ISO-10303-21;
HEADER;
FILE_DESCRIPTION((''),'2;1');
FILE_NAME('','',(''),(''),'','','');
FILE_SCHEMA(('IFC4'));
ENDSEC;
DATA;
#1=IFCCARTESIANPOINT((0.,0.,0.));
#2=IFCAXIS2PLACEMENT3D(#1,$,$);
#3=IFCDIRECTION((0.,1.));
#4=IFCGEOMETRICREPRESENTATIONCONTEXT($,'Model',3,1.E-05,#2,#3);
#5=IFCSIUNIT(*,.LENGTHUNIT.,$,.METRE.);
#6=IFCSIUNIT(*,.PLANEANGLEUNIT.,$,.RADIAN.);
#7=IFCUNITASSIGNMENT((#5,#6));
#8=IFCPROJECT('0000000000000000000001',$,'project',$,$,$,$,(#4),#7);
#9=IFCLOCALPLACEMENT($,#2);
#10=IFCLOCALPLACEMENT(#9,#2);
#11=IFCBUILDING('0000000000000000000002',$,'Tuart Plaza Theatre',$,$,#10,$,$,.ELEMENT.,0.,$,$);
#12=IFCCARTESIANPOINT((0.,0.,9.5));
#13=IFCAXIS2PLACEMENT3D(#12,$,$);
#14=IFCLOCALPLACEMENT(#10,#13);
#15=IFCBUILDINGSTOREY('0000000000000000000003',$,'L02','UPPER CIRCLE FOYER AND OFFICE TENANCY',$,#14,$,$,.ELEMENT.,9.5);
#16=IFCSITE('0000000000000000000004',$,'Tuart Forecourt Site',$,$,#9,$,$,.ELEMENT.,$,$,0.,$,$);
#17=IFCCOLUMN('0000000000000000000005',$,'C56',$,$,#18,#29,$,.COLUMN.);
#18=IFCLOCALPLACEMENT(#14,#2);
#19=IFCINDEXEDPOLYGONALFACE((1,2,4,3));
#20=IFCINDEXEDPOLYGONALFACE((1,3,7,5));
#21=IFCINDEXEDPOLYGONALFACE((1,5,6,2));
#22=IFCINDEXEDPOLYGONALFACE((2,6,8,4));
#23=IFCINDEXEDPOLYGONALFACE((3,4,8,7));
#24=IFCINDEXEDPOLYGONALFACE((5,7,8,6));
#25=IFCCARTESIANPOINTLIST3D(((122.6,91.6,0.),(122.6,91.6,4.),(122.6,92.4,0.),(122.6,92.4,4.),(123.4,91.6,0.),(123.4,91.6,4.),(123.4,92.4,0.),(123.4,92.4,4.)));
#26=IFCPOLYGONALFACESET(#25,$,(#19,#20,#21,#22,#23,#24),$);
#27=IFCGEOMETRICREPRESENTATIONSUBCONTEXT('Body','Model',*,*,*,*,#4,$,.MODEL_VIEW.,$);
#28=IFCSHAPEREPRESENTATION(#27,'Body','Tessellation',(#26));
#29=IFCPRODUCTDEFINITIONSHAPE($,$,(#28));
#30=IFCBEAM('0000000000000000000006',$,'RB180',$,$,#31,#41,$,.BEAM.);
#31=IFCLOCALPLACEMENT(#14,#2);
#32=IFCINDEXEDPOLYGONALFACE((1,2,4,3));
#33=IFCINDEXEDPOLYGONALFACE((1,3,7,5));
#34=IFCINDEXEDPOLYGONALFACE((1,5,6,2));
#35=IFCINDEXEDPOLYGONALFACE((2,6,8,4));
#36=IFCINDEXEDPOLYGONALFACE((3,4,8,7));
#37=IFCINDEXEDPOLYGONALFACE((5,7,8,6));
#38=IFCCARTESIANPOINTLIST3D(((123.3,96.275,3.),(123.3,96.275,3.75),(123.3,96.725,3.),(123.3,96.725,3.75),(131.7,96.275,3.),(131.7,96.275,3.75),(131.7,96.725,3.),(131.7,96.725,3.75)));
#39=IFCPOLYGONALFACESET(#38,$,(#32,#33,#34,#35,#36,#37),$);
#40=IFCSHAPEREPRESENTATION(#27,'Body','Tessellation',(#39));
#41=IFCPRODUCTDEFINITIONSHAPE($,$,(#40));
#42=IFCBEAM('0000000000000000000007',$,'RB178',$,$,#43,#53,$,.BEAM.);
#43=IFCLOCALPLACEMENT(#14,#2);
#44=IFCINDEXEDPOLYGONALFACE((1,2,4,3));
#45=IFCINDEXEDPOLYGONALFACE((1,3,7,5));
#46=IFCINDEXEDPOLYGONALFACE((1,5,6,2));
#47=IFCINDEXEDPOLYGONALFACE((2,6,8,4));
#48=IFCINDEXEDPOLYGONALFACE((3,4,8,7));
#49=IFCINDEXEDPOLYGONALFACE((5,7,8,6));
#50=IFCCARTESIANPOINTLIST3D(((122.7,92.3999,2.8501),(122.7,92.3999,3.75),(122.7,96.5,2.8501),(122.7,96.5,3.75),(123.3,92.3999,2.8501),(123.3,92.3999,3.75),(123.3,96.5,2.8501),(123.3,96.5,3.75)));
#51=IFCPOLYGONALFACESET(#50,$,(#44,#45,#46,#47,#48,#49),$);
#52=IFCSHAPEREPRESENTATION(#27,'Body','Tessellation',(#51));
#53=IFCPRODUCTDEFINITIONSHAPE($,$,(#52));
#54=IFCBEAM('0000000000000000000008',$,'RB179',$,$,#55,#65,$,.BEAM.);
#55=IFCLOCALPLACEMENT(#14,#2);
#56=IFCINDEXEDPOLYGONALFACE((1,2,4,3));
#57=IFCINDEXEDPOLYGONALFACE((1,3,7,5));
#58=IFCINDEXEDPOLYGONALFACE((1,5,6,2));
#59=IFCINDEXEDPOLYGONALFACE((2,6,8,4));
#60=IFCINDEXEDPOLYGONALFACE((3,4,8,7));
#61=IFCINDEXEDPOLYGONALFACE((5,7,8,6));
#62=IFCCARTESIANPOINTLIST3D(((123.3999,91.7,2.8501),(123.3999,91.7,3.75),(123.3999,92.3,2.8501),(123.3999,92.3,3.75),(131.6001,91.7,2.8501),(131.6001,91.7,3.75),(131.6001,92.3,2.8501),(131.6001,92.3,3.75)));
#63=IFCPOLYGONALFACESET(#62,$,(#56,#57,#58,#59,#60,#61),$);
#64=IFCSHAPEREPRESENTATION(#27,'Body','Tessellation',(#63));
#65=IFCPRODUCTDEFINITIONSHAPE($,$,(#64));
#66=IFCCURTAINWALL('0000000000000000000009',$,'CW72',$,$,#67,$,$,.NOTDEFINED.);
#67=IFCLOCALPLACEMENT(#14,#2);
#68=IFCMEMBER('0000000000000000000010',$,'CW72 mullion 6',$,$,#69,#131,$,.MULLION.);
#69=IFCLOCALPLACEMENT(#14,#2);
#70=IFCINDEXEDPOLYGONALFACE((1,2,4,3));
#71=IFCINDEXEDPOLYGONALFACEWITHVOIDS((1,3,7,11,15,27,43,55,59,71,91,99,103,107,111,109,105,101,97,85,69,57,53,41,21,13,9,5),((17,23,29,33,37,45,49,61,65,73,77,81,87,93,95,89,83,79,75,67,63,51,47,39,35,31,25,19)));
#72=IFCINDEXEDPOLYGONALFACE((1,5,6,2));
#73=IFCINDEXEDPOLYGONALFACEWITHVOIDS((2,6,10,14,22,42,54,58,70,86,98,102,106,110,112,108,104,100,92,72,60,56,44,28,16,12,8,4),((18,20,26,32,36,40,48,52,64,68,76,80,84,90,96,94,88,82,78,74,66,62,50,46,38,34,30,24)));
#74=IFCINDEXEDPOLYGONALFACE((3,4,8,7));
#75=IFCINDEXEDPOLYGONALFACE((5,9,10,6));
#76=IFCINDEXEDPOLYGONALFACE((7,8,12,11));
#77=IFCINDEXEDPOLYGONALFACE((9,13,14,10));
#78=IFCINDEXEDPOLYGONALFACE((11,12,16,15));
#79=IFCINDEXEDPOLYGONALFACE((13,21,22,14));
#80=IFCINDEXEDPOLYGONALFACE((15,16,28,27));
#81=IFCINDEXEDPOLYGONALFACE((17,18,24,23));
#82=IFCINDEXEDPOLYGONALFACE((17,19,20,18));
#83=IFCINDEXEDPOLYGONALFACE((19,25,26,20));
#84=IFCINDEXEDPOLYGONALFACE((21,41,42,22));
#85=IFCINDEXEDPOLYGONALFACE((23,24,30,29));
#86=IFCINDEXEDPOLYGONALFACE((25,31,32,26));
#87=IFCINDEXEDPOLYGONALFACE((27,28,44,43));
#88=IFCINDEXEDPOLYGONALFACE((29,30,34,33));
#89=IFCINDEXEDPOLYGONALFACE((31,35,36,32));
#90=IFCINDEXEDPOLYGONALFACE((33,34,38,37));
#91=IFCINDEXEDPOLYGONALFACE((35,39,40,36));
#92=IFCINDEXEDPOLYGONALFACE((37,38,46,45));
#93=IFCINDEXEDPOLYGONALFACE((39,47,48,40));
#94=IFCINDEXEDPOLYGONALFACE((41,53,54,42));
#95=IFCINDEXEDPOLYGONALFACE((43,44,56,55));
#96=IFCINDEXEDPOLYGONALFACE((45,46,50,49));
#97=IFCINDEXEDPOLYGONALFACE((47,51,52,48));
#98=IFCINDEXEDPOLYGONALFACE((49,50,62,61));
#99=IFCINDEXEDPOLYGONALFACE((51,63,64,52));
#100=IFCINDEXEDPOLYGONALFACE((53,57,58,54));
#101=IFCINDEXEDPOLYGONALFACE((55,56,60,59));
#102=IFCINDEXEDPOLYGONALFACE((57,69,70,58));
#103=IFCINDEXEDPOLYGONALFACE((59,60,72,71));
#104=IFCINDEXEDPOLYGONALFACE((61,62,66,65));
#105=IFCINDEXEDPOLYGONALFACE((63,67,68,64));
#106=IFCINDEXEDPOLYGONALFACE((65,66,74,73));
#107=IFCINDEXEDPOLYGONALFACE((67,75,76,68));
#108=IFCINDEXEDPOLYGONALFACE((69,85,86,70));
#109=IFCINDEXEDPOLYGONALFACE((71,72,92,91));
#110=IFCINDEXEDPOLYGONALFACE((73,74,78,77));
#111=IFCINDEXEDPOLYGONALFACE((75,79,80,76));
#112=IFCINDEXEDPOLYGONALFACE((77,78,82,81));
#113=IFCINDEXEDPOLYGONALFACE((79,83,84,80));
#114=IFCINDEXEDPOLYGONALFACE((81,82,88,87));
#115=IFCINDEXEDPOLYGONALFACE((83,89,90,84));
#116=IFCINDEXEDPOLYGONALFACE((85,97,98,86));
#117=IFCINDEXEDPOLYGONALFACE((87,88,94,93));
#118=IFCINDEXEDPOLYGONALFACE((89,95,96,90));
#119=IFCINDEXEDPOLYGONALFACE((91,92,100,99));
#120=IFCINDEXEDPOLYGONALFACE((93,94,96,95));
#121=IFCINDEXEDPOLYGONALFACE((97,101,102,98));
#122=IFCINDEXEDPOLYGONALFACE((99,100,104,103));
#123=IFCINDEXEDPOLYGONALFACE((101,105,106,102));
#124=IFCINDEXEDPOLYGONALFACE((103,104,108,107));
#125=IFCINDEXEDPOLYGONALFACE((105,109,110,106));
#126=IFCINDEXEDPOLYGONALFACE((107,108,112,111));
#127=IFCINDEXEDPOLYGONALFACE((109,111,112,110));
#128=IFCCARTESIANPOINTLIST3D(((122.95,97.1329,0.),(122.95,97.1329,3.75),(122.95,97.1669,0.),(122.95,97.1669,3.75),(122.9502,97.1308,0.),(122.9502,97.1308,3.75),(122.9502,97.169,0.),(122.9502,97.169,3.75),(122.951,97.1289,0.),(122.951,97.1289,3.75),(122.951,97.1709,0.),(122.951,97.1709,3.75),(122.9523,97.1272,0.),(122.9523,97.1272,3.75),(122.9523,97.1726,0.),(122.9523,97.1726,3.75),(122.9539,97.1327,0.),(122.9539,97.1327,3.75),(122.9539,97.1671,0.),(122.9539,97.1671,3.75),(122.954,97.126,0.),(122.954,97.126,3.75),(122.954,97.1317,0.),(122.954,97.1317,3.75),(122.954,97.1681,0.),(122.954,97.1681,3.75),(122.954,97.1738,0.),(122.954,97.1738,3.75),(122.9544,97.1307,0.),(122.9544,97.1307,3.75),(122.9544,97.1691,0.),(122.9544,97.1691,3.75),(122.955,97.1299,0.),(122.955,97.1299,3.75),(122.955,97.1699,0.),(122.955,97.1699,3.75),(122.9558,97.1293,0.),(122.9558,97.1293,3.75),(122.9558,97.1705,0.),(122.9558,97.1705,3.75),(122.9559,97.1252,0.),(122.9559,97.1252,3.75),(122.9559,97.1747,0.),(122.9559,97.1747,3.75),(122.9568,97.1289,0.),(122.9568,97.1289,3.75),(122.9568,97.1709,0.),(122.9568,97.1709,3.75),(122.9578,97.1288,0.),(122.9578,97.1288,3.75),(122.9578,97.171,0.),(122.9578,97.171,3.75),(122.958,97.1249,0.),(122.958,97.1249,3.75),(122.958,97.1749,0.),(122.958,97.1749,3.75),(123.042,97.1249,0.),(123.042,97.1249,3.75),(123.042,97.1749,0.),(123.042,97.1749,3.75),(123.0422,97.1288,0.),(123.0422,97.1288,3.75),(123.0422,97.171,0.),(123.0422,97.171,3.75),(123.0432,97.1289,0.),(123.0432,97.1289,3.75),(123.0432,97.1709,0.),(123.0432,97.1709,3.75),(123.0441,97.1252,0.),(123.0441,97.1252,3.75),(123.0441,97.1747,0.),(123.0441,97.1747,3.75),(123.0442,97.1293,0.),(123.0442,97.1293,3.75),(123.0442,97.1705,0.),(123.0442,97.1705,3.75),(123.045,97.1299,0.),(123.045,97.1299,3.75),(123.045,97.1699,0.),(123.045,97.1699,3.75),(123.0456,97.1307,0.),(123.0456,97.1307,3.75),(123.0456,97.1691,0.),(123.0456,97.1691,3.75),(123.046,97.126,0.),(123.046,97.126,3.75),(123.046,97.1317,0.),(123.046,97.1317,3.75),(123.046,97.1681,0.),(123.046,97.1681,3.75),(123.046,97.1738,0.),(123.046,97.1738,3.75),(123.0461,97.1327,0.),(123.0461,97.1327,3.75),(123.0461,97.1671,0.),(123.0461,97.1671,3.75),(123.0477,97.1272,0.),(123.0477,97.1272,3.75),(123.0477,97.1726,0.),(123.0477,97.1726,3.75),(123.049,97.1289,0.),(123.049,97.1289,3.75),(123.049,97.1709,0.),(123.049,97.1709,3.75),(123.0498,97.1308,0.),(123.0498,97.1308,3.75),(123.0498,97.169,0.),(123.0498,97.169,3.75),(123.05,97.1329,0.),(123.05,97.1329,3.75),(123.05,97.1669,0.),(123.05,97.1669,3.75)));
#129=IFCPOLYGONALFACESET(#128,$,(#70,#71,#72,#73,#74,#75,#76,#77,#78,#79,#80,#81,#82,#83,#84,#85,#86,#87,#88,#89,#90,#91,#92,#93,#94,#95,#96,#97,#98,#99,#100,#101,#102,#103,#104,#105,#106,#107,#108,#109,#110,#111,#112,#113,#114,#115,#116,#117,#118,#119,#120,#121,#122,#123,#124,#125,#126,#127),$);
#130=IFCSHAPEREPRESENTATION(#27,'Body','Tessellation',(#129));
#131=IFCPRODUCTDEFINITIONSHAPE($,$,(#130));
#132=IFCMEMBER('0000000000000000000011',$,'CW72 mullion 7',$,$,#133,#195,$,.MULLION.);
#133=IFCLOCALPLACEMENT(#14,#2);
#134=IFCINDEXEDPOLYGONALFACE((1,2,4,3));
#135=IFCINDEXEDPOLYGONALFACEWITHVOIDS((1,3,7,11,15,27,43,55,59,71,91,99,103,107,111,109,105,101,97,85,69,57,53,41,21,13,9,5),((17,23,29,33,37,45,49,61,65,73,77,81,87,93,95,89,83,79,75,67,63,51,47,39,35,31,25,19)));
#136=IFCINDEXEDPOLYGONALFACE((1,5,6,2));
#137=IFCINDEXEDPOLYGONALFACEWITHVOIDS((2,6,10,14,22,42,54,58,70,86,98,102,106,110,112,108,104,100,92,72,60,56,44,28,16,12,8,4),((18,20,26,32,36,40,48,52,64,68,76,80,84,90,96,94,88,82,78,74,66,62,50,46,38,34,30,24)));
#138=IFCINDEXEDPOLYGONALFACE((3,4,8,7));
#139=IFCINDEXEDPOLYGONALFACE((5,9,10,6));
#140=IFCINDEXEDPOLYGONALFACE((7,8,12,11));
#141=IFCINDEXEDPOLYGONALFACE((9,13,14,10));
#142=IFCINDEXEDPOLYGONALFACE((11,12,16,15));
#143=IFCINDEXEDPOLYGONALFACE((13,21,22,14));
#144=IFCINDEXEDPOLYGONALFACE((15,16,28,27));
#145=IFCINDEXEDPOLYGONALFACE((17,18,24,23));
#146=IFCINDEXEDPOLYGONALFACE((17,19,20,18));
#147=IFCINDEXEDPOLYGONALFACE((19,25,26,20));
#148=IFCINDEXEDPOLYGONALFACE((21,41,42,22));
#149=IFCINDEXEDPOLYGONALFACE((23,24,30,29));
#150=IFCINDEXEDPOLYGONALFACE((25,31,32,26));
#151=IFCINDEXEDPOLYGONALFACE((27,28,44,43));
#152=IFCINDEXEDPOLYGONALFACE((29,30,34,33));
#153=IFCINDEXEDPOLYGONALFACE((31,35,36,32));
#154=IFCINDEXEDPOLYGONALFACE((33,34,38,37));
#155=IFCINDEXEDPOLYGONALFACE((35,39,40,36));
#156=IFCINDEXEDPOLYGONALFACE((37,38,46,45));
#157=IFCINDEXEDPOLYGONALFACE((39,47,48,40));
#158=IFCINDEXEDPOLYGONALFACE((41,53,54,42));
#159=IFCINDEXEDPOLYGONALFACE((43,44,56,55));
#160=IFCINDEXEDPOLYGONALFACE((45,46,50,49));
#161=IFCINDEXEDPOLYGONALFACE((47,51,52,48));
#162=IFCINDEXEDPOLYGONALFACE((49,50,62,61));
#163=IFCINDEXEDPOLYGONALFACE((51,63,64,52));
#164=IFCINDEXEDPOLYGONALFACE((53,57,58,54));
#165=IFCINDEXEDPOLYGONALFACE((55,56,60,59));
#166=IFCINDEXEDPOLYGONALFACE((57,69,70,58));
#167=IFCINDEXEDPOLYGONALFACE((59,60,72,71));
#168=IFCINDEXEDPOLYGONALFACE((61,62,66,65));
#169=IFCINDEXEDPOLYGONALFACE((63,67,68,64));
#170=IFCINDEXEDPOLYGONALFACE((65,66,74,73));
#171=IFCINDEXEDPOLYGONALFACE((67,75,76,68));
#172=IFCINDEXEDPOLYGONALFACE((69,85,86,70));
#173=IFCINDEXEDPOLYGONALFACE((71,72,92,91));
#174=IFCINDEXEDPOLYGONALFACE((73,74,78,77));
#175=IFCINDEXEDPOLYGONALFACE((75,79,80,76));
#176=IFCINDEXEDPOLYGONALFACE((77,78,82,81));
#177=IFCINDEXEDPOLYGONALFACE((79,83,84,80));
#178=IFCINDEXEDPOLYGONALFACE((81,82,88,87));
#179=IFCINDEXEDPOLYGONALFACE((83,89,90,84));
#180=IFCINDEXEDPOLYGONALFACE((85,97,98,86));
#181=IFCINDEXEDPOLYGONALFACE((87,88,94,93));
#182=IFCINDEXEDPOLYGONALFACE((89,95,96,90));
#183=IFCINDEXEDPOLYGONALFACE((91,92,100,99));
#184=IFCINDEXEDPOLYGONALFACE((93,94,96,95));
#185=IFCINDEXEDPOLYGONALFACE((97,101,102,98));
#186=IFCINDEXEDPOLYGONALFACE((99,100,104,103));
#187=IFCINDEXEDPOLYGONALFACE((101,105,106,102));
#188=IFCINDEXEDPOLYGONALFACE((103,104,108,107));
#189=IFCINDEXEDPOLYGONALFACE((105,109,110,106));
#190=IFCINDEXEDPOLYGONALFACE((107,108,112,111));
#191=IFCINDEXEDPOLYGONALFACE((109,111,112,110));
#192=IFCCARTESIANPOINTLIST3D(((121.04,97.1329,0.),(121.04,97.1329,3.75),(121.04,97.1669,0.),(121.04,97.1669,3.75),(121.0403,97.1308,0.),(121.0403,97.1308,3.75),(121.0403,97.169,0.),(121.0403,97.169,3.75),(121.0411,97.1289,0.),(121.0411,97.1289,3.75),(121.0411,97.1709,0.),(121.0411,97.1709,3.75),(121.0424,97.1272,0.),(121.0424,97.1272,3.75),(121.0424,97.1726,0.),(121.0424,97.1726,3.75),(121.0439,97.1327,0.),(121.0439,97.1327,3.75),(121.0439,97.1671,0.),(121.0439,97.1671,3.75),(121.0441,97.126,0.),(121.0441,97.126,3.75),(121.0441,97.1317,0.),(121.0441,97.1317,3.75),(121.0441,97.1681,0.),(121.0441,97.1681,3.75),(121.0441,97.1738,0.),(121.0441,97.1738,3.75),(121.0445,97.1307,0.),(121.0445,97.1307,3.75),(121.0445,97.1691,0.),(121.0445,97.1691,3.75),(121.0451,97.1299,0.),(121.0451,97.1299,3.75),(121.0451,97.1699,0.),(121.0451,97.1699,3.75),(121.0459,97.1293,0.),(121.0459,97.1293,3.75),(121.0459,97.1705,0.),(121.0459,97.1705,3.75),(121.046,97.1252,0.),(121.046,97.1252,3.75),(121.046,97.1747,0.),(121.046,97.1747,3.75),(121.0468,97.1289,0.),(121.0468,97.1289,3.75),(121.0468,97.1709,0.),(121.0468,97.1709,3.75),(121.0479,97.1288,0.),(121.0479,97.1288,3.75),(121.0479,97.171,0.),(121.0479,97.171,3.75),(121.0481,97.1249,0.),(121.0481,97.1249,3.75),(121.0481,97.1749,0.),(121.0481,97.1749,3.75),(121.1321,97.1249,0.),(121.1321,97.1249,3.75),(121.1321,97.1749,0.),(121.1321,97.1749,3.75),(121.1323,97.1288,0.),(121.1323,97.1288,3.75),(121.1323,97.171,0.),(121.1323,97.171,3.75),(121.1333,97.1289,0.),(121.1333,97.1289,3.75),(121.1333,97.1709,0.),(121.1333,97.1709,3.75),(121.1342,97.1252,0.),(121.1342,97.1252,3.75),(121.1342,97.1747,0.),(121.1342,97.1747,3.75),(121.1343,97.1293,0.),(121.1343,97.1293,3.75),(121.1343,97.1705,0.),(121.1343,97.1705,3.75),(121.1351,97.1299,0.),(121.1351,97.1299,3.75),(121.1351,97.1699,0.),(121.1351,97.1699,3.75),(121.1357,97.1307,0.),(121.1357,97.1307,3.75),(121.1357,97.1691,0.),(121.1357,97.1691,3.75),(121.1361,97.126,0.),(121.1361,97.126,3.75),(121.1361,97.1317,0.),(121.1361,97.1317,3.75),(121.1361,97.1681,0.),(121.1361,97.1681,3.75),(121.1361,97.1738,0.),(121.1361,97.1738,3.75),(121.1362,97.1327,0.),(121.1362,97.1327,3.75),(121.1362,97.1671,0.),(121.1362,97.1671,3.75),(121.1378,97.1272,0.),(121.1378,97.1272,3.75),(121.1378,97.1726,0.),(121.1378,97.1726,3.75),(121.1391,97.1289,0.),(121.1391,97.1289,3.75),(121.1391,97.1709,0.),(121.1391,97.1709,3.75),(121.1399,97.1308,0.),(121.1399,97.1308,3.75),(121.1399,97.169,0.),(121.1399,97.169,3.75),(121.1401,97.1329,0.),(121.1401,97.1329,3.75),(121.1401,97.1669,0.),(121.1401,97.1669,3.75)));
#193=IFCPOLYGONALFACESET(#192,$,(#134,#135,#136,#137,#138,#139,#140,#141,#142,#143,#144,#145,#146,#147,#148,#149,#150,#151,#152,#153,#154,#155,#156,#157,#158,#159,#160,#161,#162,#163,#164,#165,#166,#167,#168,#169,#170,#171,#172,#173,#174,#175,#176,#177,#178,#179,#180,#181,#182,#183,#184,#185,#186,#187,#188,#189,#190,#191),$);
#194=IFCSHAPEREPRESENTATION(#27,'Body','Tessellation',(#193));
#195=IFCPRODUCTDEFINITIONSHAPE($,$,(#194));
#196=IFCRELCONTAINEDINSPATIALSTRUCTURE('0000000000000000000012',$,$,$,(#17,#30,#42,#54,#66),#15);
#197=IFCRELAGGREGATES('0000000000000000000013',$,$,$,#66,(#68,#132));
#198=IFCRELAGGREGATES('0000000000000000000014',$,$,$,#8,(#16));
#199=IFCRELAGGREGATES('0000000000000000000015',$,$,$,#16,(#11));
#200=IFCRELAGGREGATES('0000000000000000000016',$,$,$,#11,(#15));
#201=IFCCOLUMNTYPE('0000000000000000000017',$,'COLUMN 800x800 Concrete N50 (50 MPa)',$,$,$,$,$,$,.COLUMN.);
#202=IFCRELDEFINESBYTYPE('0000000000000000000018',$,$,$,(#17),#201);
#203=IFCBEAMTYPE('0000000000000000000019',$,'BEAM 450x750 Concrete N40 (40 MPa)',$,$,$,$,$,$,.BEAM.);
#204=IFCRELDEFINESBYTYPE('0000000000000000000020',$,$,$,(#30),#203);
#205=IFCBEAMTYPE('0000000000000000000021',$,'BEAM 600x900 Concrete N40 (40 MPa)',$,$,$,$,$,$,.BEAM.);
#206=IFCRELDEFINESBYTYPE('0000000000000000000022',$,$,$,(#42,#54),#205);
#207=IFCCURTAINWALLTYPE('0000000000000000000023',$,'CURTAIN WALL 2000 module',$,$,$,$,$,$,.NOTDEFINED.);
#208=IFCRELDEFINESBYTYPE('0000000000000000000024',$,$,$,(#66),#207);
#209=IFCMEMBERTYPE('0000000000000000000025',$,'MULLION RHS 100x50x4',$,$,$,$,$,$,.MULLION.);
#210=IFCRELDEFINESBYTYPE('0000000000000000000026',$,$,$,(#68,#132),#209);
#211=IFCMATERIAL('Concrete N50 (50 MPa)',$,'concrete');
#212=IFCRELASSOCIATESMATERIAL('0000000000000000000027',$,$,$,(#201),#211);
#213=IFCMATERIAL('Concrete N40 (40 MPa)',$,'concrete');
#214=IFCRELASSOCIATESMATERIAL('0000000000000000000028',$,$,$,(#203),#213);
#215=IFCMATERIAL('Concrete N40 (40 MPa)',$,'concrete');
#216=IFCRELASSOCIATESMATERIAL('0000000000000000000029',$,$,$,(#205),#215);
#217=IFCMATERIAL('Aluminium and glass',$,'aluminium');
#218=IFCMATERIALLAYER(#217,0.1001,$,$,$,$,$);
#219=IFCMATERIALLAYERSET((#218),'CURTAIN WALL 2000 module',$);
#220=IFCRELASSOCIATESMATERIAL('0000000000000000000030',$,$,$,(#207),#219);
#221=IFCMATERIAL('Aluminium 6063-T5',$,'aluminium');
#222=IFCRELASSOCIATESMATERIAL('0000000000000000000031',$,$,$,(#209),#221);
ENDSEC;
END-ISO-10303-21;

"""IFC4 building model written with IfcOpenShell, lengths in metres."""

from ifc_helpers import new_model, si_unit, direction, frame, origin, origin_2d, place, context, subcontext, project, spatial, rectangle, hollow_rectangle, extrude, material, layer, layer_set, material_profile, profile_set, type_object, element, aggregate, save


model = new_model("IFC4")

# Units and contexts
model_context = context("Model", 3, precision=1e-05, world=origin(), true_north=direction((0.0, 1.0)))
body_context = subcontext(model_context, "Body", "Model", "MODEL_VIEW")
ifc_project = project(units=[si_unit("LENGTHUNIT", "METRE"), si_unit("PLANEANGLEUNIT", "RADIAN")], contexts=[model_context])

# Site, building, storey
site_placement = place(None, origin())
site = spatial("IfcSite", under=ifc_project, at=site_placement, Name="Tuart Forecourt Site", CompositionType="ELEMENT", RefElevation=0.0)
building_placement = place(site_placement, origin())
building = spatial("IfcBuilding", under=site, at=building_placement, Name="Tuart Plaza Theatre", CompositionType="ELEMENT", ElevationOfRefHeight=0.0)
storey_placement = place(building_placement, frame((0.0, 0.0, 9.5)))
storey = spatial("IfcBuildingStorey", under=building, at=storey_placement, Name="L02", Description="UPPER CIRCLE FOYER AND OFFICE TENANCY", CompositionType="ELEMENT", Elevation=9.5)

# Column
ifc_material_1 = material(Name="Concrete N50 (50 MPa)", Category="concrete")
ifc_material_profile_1 = material_profile(ifc_material_1, rectangle(XDim=0.8, YDim=0.8, at=origin_2d()), Name="COLUMN 800x800 Concrete N50 (50 MPa)")
ifc_profile_set_1 = profile_set([ifc_material_profile_1], Name="Concrete N50 (50 MPa)")
column_type = type_object("IfcColumnType", Name="COLUMN 800x800 Concrete N50 (50 MPa)", PredefinedType="COLUMN", material=ifc_profile_set_1)
column_placement = place(storey_placement, frame((123.0, 92.0, 0.0), z_axis=(0.0, 0.0, 1.0), x_axis=(1.0, 0.0, 0.0)))
element("IfcColumn", 1, at=column_placement, inside=storey, type_object=column_type, Name="C56", PredefinedType="COLUMN", context=body_context, shape_type="SweptSolid", body=[
    extrude(rectangle(XDim=0.8, YDim=0.8, at=origin_2d()), origin(), (0.0, 0.0, 1.0), 4.0),
])

# Beams
ifc_material_2 = material(Name="Concrete N40 (40 MPa)", Category="concrete")
ifc_material_profile_2 = material_profile(ifc_material_2, rectangle(XDim=0.45, YDim=0.75, at=origin_2d()), Name="BEAM 450x750 Concrete N40 (40 MPa)")
ifc_profile_set_2 = profile_set([ifc_material_profile_2], Name="Concrete N40 (40 MPa)")
beam_type_1 = type_object("IfcBeamType", Name="BEAM 450x750 Concrete N40 (40 MPa)", PredefinedType="BEAM", material=ifc_profile_set_2)
beam_1_placement = place(storey_placement, frame((123.3, 96.5, 3.375), z_axis=(1.0, 0.0, 0.0), x_axis=(0.0, 1.0, 0.0)))
element("IfcBeam", 2, at=beam_1_placement, inside=storey, type_object=beam_type_1, Name="RB180", PredefinedType="BEAM", context=body_context, shape_type="SweptSolid", body=[
    extrude(rectangle(XDim=0.45, YDim=0.75, at=origin_2d()), origin(), (0.0, 0.0, 1.0), 8.3999),
])
ifc_material_3 = material(Name="Concrete N40 (40 MPa)", Category="concrete")
ifc_material_profile_3 = material_profile(ifc_material_3, rectangle(XDim=0.6001, YDim=0.8999, at=origin_2d()), Name="BEAM 600x900 Concrete N40 (40 MPa)")
ifc_profile_set_3 = profile_set([ifc_material_profile_3], Name="Concrete N40 (40 MPa)")
beam_type_2 = type_object("IfcBeamType", Name="BEAM 600x900 Concrete N40 (40 MPa)", PredefinedType="BEAM", material=ifc_profile_set_3)
beam_2_placement = place(storey_placement, frame((123.0, 92.3999, 3.3), z_axis=(0.0, 1.0, 0.0), x_axis=(-1.0, 0.0, 0.0)))
element("IfcBeam", 3, at=beam_2_placement, inside=storey, type_object=beam_type_2, Name="RB178", PredefinedType="BEAM", context=body_context, shape_type="SweptSolid", body=[
    extrude(rectangle(XDim=0.6001, YDim=0.8999, at=origin_2d()), origin(), (0.0, 0.0, 1.0), 4.1001),
])
beam_3_placement = place(storey_placement, frame((123.3999, 92.0, 3.3), z_axis=(1.0, 0.0, 0.0), x_axis=(0.0, 1.0, 0.0)))
element("IfcBeam", 4, at=beam_3_placement, inside=storey, type_object=beam_type_2, Name="RB179", PredefinedType="BEAM", context=body_context, shape_type="SweptSolid", body=[
    extrude(rectangle(XDim=0.6001, YDim=0.8999, at=origin_2d()), origin(), (0.0, 0.0, 1.0), 8.2002),
])

# Curtain wall, members
ifc_material_4 = material(Name="Aluminium and glass", Category="aluminium")
ifc_layer_1 = layer(ifc_material_4, 0.1001)
ifc_layer_set_1 = layer_set([ifc_layer_1], Name="CURTAIN WALL 2000 module")
curtain_wall_type = type_object("IfcCurtainWallType", Name="CURTAIN WALL 2000 module", PredefinedType="NOTDEFINED", material=ifc_layer_set_1)
curtain_wall_placement = place(storey_placement, origin())
curtain_wall = element("IfcCurtainWall", 5, at=curtain_wall_placement, inside=storey, type_object=curtain_wall_type, Name="CW72", PredefinedType="NOTDEFINED")
ifc_material_5 = material(Name="Aluminium 6063-T5", Category="aluminium")
ifc_material_profile_4 = material_profile(ifc_material_5, hollow_rectangle(XDim=0.05, YDim=0.1001, WallThickness=0.0039, InnerFilletRadius=0.0039, OuterFilletRadius=0.0081, at=origin_2d()), Name="RHS 100x50x4")
ifc_profile_set_4 = profile_set([ifc_material_profile_4], Name="Aluminium 6063-T5")
member_type_1 = type_object("IfcMemberType", Name="MULLION RHS 100x50x4", PredefinedType="MULLION", material=ifc_profile_set_4)
member_1_placement = place(storey_placement, frame((123.0, 97.1499, 0.0), z_axis=(0.0, 0.0, 1.0), x_axis=(0.0, -1.0, 0.0)))
member_1 = element("IfcMember", 6, at=member_1_placement, type_object=member_type_1, Name="CW72 mullion 6", PredefinedType="MULLION", context=body_context, shape_type="SweptSolid", body=[
    extrude(hollow_rectangle(XDim=0.05, YDim=0.1001, WallThickness=0.0039, InnerFilletRadius=0.0039, OuterFilletRadius=0.0081, at=origin_2d()), origin(), (0.0, 0.0, 1.0), 3.75),
])
member_2_placement = place(storey_placement, frame((121.0901, 97.1499, 0.0), z_axis=(0.0, 0.0, 1.0), x_axis=(0.0, -1.0, 0.0)))
member_2 = element("IfcMember", 7, at=member_2_placement, type_object=member_type_1, Name="CW72 mullion 7", PredefinedType="MULLION", context=body_context, shape_type="SweptSolid", body=[
    extrude(hollow_rectangle(XDim=0.05, YDim=0.1001, WallThickness=0.0039, InnerFilletRadius=0.0039, OuterFilletRadius=0.0081, at=origin_2d()), origin(), (0.0, 0.0, 1.0), 3.75),
])
aggregate(curtain_wall, [member_1, member_2])

save(model, "model.ifc")
